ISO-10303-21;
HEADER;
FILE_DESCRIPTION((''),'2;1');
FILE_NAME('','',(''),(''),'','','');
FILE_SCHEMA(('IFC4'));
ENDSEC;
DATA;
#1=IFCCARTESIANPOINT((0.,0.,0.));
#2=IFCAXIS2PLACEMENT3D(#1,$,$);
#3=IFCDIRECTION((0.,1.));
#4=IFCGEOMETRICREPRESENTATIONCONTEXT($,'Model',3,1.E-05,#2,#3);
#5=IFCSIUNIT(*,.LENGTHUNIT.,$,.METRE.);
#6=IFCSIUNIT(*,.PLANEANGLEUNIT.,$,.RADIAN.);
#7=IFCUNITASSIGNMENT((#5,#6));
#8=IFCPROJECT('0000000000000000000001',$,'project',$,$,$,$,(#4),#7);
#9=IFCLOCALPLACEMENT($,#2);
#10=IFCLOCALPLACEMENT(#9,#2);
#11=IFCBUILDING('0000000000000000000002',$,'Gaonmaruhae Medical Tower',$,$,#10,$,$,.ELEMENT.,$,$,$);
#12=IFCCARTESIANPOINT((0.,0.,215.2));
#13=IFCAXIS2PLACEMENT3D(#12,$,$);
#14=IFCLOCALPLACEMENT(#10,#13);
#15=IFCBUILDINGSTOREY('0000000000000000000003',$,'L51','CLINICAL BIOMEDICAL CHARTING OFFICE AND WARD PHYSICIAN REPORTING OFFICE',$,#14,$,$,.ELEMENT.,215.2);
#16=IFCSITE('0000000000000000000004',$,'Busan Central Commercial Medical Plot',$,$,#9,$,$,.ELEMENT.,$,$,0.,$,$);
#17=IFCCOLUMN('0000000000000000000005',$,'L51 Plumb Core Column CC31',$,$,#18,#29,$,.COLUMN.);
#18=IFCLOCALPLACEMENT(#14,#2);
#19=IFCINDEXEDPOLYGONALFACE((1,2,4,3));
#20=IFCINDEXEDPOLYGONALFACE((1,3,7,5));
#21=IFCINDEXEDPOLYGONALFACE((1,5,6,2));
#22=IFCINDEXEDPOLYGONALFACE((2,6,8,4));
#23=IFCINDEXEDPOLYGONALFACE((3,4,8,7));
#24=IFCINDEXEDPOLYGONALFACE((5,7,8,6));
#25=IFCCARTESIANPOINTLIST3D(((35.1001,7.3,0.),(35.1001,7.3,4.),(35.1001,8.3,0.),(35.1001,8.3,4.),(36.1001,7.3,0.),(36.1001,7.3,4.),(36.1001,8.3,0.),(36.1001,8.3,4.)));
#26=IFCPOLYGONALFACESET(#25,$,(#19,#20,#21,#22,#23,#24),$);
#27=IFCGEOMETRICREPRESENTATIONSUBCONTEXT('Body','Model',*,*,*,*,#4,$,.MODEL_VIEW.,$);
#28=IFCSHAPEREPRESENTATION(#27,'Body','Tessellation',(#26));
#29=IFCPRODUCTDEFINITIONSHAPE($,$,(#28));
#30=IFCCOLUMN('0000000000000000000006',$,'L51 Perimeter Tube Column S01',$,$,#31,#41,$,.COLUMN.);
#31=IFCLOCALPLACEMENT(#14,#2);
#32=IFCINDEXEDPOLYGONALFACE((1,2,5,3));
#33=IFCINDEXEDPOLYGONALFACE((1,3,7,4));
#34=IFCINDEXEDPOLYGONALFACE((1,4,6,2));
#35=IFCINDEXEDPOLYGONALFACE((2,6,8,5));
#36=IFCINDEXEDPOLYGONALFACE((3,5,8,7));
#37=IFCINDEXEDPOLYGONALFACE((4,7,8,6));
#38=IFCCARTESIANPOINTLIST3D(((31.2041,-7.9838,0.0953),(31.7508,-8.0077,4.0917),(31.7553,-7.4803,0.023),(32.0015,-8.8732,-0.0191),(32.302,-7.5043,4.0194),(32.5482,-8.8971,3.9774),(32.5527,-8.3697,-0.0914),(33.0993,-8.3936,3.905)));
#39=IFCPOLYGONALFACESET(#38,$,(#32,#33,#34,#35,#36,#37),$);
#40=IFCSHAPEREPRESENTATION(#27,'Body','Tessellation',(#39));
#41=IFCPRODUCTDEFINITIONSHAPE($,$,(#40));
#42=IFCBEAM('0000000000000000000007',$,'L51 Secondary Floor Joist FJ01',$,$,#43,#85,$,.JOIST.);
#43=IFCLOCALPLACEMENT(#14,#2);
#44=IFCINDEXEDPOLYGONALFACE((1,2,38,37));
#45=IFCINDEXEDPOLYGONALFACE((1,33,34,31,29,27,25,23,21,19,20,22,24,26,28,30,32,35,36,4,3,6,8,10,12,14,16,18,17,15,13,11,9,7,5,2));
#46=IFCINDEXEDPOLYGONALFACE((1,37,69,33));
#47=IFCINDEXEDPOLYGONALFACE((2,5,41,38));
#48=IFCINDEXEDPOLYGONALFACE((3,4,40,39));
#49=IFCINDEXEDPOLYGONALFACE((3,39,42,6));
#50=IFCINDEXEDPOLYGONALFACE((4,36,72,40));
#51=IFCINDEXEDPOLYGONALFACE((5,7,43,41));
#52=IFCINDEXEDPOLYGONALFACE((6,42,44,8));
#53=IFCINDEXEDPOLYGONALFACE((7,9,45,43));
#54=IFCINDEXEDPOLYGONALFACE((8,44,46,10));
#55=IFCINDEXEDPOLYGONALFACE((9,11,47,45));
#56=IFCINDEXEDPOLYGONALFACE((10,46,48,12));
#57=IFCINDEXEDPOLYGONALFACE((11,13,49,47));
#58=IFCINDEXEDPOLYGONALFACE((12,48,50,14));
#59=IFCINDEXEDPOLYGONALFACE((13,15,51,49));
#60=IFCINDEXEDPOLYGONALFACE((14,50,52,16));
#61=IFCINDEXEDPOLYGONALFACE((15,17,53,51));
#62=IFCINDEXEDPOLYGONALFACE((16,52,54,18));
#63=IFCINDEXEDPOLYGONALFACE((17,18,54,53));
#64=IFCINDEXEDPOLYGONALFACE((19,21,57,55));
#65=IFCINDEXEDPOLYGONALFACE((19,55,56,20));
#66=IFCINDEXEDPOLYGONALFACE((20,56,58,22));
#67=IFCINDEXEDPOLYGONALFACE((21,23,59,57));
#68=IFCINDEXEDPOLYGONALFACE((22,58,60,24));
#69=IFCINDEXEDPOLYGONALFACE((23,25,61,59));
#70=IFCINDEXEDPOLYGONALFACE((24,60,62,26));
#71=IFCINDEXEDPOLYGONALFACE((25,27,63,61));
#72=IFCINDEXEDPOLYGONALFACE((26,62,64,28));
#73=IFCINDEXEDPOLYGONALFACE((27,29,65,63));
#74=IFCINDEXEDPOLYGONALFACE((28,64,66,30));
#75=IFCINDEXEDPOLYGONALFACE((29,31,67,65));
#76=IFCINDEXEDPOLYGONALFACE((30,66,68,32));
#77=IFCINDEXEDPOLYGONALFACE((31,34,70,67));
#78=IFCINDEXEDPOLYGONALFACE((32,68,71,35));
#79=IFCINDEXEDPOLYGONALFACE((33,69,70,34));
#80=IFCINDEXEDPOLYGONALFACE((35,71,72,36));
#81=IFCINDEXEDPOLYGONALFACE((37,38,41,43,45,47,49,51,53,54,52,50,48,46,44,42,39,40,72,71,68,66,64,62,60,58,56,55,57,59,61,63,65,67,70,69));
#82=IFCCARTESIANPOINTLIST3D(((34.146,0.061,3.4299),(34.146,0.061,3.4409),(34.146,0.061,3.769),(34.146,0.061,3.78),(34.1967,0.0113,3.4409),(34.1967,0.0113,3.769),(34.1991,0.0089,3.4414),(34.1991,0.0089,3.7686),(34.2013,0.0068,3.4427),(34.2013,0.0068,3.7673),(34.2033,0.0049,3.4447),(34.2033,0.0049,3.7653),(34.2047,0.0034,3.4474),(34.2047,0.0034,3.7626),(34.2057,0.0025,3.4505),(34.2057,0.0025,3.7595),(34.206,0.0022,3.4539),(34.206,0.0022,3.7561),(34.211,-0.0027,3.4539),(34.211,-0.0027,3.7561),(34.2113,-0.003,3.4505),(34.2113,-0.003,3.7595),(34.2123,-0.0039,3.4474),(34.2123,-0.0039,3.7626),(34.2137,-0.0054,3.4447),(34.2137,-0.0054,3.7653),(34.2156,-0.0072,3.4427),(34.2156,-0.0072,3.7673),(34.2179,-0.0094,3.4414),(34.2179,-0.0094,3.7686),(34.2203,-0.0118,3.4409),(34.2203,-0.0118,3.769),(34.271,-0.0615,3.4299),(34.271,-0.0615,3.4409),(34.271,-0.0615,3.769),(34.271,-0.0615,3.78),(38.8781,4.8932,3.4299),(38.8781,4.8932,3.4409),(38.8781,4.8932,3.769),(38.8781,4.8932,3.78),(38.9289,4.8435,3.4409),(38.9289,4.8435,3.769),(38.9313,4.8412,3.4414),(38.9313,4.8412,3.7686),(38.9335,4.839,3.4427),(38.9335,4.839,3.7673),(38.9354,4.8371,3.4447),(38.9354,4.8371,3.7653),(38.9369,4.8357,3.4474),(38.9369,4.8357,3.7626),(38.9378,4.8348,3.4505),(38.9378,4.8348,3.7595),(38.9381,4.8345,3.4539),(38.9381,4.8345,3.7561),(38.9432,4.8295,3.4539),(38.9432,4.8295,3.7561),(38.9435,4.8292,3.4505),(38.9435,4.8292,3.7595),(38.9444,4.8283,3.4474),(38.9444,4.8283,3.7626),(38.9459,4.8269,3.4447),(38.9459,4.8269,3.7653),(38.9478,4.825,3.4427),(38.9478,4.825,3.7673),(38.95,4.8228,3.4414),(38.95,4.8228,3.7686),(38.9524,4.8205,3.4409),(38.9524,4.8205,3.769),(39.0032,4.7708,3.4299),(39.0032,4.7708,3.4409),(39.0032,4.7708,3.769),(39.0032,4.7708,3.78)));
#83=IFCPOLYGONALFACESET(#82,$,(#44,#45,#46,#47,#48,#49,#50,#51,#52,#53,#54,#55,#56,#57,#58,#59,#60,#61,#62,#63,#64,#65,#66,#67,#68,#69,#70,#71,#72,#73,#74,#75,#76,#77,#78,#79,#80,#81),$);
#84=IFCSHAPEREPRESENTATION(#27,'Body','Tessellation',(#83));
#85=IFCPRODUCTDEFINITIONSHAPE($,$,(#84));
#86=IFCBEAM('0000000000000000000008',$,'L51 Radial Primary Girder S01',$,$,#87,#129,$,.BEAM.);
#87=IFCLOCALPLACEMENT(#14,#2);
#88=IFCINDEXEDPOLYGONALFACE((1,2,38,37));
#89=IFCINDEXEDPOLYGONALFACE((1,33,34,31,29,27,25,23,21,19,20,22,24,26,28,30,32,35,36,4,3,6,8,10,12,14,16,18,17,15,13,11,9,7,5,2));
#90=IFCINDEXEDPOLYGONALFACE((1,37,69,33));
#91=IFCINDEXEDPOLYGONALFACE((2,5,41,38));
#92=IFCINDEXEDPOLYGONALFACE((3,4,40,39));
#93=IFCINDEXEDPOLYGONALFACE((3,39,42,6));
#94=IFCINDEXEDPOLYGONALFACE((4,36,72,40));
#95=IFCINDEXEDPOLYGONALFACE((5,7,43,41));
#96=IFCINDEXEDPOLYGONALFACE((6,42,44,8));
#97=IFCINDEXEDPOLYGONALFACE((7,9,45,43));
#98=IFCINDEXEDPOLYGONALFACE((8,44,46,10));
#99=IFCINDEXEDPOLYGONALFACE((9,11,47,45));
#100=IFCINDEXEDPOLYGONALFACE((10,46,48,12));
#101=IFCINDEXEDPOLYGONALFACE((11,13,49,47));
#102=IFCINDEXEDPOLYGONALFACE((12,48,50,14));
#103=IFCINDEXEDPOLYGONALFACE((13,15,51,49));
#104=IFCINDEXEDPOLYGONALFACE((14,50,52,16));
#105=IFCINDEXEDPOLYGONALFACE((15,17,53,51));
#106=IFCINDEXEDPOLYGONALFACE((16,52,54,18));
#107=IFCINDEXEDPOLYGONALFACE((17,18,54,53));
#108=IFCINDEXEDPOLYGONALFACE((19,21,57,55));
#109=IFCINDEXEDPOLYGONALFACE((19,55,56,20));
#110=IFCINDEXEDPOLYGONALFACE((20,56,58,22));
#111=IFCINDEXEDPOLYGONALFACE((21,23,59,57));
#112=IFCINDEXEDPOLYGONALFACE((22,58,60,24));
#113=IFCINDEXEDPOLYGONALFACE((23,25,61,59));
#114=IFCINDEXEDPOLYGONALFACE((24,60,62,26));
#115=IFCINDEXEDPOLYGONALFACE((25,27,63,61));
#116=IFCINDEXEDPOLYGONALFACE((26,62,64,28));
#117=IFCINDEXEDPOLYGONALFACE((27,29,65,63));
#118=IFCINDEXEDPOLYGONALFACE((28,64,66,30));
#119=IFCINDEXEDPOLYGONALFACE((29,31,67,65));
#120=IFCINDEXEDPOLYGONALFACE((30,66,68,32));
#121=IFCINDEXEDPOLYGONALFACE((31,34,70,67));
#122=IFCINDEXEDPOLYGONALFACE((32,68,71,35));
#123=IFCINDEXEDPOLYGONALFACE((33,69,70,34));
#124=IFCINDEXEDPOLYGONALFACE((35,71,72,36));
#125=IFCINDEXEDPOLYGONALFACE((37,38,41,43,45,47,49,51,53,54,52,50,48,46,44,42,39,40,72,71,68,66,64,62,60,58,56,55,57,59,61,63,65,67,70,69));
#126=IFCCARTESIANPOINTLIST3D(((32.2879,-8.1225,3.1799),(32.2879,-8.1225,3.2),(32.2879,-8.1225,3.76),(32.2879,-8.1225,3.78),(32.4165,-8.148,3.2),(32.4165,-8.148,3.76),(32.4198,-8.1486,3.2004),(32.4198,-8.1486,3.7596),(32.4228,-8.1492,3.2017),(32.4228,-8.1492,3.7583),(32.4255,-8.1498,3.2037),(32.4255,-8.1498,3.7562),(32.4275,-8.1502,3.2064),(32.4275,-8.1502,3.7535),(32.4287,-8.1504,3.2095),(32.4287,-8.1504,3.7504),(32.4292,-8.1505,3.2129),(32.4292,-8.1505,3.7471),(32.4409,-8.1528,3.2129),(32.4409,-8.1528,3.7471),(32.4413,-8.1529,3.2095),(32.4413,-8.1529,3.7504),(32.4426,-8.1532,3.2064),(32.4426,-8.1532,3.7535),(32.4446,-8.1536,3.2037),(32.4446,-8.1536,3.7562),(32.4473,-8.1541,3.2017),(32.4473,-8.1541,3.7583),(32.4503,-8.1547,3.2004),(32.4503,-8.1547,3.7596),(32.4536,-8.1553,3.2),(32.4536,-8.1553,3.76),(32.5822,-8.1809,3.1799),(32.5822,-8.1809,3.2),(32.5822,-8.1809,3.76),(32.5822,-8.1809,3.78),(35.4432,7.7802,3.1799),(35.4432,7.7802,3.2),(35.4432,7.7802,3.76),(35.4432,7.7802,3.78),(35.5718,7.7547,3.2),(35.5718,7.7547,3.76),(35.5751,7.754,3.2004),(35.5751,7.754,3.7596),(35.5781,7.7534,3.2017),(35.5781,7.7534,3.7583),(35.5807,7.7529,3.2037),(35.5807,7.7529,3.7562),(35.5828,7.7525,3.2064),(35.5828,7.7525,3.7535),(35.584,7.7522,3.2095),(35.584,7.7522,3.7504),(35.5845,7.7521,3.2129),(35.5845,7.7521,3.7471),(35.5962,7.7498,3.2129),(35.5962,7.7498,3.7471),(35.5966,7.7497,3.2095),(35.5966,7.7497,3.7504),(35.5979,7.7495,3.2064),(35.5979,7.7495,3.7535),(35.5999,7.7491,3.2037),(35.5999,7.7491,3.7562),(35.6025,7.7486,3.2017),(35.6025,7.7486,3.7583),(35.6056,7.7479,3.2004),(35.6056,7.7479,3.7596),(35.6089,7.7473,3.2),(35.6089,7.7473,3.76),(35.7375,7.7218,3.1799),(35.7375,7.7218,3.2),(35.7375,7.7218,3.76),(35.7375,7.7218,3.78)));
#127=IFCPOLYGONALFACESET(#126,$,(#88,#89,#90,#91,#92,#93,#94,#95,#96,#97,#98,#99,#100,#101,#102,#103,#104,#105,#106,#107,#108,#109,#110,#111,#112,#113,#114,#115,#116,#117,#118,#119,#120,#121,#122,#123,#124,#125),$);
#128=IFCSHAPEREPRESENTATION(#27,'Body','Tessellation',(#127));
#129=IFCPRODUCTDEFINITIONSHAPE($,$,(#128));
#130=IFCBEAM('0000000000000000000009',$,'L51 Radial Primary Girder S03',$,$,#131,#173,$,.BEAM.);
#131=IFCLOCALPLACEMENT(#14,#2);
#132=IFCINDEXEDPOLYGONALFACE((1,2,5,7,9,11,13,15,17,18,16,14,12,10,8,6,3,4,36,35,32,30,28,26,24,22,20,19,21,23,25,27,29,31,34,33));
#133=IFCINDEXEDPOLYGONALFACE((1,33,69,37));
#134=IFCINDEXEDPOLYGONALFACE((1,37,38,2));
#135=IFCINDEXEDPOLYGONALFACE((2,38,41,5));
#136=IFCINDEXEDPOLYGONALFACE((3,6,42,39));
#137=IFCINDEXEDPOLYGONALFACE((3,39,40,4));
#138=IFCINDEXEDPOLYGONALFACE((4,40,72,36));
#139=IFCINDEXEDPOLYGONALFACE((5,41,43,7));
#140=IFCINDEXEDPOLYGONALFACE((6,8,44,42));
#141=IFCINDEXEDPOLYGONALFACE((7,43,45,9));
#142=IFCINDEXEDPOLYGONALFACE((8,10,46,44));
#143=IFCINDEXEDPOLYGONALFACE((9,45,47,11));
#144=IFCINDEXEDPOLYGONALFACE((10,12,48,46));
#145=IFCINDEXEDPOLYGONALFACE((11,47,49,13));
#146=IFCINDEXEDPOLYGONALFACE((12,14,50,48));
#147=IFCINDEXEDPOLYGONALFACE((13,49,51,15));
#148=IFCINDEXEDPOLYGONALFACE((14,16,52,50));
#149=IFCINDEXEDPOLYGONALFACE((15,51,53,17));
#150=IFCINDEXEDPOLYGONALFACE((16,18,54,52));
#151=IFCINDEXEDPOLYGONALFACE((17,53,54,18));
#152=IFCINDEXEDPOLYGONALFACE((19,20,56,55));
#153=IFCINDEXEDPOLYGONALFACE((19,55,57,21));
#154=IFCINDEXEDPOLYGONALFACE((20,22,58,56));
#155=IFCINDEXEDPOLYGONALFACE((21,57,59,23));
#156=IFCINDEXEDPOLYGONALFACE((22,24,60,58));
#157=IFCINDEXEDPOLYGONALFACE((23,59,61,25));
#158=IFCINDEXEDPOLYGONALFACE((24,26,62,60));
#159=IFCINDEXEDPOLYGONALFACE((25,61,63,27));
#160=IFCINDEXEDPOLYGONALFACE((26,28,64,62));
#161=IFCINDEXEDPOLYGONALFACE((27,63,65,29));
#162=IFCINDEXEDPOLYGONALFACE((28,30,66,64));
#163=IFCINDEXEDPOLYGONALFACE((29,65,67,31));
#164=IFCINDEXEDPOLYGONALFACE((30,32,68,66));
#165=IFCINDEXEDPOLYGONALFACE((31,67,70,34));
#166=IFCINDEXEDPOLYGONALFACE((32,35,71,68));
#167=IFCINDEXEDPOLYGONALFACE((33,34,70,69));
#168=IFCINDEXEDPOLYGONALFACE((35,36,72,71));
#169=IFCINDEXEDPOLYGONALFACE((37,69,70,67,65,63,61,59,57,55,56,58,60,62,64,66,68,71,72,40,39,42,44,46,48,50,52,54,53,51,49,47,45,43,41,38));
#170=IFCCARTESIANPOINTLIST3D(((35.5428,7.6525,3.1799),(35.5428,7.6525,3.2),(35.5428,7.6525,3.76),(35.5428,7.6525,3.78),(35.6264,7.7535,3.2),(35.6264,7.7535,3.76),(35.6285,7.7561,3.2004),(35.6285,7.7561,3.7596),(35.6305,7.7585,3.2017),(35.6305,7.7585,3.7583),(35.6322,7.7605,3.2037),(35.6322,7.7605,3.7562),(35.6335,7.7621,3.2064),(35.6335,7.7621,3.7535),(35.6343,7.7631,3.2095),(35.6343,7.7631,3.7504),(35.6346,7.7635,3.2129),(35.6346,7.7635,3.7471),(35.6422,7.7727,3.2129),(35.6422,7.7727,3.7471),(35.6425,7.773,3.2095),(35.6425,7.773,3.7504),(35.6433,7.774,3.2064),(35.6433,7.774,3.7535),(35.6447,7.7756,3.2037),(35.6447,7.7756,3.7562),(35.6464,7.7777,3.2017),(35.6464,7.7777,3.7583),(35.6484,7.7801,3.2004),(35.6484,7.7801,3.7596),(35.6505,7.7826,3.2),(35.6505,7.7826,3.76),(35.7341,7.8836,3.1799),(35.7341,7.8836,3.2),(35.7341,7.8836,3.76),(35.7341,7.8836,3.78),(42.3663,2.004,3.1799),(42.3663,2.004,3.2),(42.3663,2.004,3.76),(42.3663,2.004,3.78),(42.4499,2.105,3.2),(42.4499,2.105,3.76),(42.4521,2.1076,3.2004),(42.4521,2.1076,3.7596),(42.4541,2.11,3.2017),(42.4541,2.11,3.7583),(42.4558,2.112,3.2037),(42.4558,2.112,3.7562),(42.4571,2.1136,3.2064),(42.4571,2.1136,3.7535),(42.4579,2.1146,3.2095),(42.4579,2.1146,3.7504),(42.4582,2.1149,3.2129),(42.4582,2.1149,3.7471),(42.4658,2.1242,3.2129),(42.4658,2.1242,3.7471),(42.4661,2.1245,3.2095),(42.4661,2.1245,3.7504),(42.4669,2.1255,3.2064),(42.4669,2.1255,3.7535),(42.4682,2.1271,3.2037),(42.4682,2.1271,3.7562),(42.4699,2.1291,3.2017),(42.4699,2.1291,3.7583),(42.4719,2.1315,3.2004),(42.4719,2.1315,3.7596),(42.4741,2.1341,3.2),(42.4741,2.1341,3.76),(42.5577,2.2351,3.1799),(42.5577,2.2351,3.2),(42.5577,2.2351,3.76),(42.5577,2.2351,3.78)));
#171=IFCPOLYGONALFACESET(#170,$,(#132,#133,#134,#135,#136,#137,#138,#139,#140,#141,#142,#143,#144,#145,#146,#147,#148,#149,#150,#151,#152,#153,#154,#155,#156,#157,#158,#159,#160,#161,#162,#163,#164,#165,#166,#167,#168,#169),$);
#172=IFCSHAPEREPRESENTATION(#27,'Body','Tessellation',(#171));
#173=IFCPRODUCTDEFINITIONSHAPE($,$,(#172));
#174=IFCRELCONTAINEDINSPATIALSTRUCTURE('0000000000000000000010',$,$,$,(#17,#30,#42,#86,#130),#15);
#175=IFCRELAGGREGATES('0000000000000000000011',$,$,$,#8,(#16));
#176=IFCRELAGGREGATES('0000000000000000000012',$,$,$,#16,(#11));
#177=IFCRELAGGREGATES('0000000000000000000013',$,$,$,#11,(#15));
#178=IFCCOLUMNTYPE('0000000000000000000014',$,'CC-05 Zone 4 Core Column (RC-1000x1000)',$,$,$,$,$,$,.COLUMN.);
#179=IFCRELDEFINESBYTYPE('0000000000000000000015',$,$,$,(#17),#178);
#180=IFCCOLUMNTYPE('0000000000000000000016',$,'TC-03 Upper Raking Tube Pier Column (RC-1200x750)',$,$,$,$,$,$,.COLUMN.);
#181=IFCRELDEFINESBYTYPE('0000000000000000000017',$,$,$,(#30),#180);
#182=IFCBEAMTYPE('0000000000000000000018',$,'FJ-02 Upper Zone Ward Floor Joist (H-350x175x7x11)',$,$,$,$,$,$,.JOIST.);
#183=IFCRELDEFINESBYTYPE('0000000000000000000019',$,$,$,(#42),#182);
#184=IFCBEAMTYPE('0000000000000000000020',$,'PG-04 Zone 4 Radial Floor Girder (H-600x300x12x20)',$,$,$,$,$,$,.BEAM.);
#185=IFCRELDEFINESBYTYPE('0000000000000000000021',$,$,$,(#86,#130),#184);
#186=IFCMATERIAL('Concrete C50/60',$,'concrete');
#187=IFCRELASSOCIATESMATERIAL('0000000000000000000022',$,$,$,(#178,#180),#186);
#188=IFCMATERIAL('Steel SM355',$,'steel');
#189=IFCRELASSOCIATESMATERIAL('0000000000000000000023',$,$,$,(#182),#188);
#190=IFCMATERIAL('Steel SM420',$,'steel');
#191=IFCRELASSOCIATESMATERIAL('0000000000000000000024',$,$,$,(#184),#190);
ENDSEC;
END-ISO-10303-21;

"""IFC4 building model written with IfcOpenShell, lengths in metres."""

from ifc_helpers import new_model, si_unit, direction, frame, origin, origin_2d, place, context, subcontext, project, spatial, rectangle, i_section, extrude, material, material_profile, profile_set, type_object, element, save


model = new_model("IFC4")

# Units and contexts
model_context = context("Model", 3, precision=1e-05, world=origin(), true_north=direction((0.0, 1.0)))
body_context = subcontext(model_context, "Body", "Model", "MODEL_VIEW")
ifc_project = project(units=[si_unit("LENGTHUNIT", "METRE"), si_unit("PLANEANGLEUNIT", "RADIAN")], contexts=[model_context])

# Site, building, storey
site_placement = place(None, origin())
site = spatial("IfcSite", under=ifc_project, at=site_placement, Name="Busan Central Commercial Medical Plot", CompositionType="ELEMENT", RefElevation=0.0)
building_placement = place(site_placement, origin())
building = spatial("IfcBuilding", under=site, at=building_placement, Name="Gaonmaruhae Medical Tower", CompositionType="ELEMENT")
storey_placement = place(building_placement, frame((0.0, 0.0, 215.2)))
storey = spatial("IfcBuildingStorey", under=building, at=storey_placement, Name="L51", Description="CLINICAL BIOMEDICAL CHARTING OFFICE AND WARD PHYSICIAN REPORTING OFFICE", CompositionType="ELEMENT", Elevation=215.2)

# Columns
ifc_material_1 = material(Name="Concrete C50/60", Category="concrete")
ifc_material_profile_1 = material_profile(ifc_material_1, rectangle(XDim=1.0, YDim=1.0, at=origin_2d()), Name="RC-1000x1000")
ifc_profile_set_1 = profile_set([ifc_material_profile_1], Name="Concrete C50/60")
column_type_1 = type_object("IfcColumnType", Name="CC-05 Zone 4 Core Column (RC-1000x1000)", PredefinedType="COLUMN", material=ifc_profile_set_1)
column_1_placement = place(storey_placement, frame((35.6001, 7.8, 0.0), z_axis=(0.0, 0.0, 1.0), x_axis=(1.0, 0.0, 0.0)))
element("IfcColumn", 1, at=column_1_placement, inside=storey, type_object=column_type_1, Name="L51 Plumb Core Column CC31", PredefinedType="COLUMN", context=body_context, shape_type="SweptSolid", body=[
    extrude(rectangle(XDim=1.0, YDim=1.0, at=origin_2d()), origin(), (0.0, 0.0, 1.0), 4.0),
])
ifc_material_profile_2 = material_profile(ifc_material_1, rectangle(XDim=1.2, YDim=0.75, at=origin_2d()), Name="RC-1200x750")
ifc_profile_set_2 = profile_set([ifc_material_profile_2], Name="Concrete C50/60")
column_type_2 = type_object("IfcColumnType", Name="TC-03 Upper Raking Tube Pier Column (RC-1200x750)", PredefinedType="COLUMN", material=ifc_profile_set_2)
column_2_placement = place(storey_placement, frame((31.8784, -8.1768, 0.002), z_axis=(0.135519, -0.005932, 0.990757), x_axis=(-0.664504, 0.741179, 0.09533)))
element("IfcColumn", 2, at=column_2_placement, inside=storey, type_object=column_type_2, Name="L51 Perimeter Tube Column S01", PredefinedType="COLUMN", context=body_context, shape_type="SweptSolid", body=[
    extrude(rectangle(XDim=1.2, YDim=0.75, at=origin_2d()), origin(), (0.0, 0.0, 1.0), 4.0337),
])

# Beams
ifc_material_2 = material(Name="Steel SM355", Category="steel")
ifc_material_profile_3 = material_profile(ifc_material_2, i_section(OverallWidth=0.175, OverallDepth=0.3501, WebThickness=0.0071, FlangeThickness=0.011, FilletRadius=0.0129, at=origin_2d()), Name="H-350x175x7x11")
ifc_profile_set_3 = profile_set([ifc_material_profile_3], Name="Steel SM355")
beam_type_1 = type_object("IfcBeamType", Name="FJ-02 Upper Zone Ward Floor Joist (H-350x175x7x11)", PredefinedType="JOIST", material=ifc_profile_set_3)
beam_1_placement = place(storey_placement, frame((34.2085, -0.0002, 3.605), z_axis=(0.699668, 0.714468, 0.0), x_axis=(-0.714468, 0.699668, 0.0)))
element("IfcBeam", 3, at=beam_1_placement, inside=storey, type_object=beam_type_1, Name="L51 Secondary Floor Joist FJ01", PredefinedType="JOIST", context=body_context, shape_type="SweptSolid", body=[
    extrude(i_section(OverallWidth=0.175, OverallDepth=0.3501, WebThickness=0.0071, FlangeThickness=0.011, FilletRadius=0.0129, at=origin_2d()), origin(), (0.0, 0.0, 1.0), 6.7634),
])
ifc_material_3 = material(Name="Steel SM420", Category="steel")
ifc_material_profile_4 = material_profile(ifc_material_3, i_section(OverallWidth=0.3, OverallDepth=0.6001, WebThickness=0.012, FlangeThickness=0.02, FilletRadius=0.0129, at=origin_2d()), Name="H-600x300x12x20")
ifc_profile_set_4 = profile_set([ifc_material_profile_4], Name="Steel SM420")
beam_type_2 = type_object("IfcBeamType", Name="PG-04 Zone 4 Radial Floor Girder (H-600x300x12x20)", PredefinedType="BEAM", material=ifc_profile_set_4)
beam_2_placement = place(storey_placement, frame((35.5903, 7.751, 3.48), z_axis=(-0.194619, -0.980879, 0.0), x_axis=(0.980879, -0.194619, 0.0)))
element("IfcBeam", 4, at=beam_2_placement, inside=storey, type_object=beam_type_2, Name="L51 Radial Primary Girder S01", PredefinedType="BEAM", context=body_context, shape_type="SweptSolid", body=[
    extrude(i_section(OverallWidth=0.3, OverallDepth=0.6001, WebThickness=0.012, FlangeThickness=0.02, FilletRadius=0.0129, at=origin_2d()), origin(), (0.0, 0.0, 1.0), 16.2126),
])
beam_3_placement = place(storey_placement, frame((35.6384, 7.7681, 3.48), z_axis=(0.770316, -0.637662, 0.0), x_axis=(0.637662, 0.770316, 0.0)))
element("IfcBeam", 5, at=beam_3_placement, inside=storey, type_object=beam_type_2, Name="L51 Radial Primary Girder S03", PredefinedType="BEAM", context=body_context, shape_type="SweptSolid", body=[
    extrude(i_section(OverallWidth=0.3, OverallDepth=0.6001, WebThickness=0.012, FlangeThickness=0.02, FilletRadius=0.0129, at=origin_2d()), origin(), (0.0, 0.0, 1.0), 8.8582),
])

save(model, "model.ifc")
